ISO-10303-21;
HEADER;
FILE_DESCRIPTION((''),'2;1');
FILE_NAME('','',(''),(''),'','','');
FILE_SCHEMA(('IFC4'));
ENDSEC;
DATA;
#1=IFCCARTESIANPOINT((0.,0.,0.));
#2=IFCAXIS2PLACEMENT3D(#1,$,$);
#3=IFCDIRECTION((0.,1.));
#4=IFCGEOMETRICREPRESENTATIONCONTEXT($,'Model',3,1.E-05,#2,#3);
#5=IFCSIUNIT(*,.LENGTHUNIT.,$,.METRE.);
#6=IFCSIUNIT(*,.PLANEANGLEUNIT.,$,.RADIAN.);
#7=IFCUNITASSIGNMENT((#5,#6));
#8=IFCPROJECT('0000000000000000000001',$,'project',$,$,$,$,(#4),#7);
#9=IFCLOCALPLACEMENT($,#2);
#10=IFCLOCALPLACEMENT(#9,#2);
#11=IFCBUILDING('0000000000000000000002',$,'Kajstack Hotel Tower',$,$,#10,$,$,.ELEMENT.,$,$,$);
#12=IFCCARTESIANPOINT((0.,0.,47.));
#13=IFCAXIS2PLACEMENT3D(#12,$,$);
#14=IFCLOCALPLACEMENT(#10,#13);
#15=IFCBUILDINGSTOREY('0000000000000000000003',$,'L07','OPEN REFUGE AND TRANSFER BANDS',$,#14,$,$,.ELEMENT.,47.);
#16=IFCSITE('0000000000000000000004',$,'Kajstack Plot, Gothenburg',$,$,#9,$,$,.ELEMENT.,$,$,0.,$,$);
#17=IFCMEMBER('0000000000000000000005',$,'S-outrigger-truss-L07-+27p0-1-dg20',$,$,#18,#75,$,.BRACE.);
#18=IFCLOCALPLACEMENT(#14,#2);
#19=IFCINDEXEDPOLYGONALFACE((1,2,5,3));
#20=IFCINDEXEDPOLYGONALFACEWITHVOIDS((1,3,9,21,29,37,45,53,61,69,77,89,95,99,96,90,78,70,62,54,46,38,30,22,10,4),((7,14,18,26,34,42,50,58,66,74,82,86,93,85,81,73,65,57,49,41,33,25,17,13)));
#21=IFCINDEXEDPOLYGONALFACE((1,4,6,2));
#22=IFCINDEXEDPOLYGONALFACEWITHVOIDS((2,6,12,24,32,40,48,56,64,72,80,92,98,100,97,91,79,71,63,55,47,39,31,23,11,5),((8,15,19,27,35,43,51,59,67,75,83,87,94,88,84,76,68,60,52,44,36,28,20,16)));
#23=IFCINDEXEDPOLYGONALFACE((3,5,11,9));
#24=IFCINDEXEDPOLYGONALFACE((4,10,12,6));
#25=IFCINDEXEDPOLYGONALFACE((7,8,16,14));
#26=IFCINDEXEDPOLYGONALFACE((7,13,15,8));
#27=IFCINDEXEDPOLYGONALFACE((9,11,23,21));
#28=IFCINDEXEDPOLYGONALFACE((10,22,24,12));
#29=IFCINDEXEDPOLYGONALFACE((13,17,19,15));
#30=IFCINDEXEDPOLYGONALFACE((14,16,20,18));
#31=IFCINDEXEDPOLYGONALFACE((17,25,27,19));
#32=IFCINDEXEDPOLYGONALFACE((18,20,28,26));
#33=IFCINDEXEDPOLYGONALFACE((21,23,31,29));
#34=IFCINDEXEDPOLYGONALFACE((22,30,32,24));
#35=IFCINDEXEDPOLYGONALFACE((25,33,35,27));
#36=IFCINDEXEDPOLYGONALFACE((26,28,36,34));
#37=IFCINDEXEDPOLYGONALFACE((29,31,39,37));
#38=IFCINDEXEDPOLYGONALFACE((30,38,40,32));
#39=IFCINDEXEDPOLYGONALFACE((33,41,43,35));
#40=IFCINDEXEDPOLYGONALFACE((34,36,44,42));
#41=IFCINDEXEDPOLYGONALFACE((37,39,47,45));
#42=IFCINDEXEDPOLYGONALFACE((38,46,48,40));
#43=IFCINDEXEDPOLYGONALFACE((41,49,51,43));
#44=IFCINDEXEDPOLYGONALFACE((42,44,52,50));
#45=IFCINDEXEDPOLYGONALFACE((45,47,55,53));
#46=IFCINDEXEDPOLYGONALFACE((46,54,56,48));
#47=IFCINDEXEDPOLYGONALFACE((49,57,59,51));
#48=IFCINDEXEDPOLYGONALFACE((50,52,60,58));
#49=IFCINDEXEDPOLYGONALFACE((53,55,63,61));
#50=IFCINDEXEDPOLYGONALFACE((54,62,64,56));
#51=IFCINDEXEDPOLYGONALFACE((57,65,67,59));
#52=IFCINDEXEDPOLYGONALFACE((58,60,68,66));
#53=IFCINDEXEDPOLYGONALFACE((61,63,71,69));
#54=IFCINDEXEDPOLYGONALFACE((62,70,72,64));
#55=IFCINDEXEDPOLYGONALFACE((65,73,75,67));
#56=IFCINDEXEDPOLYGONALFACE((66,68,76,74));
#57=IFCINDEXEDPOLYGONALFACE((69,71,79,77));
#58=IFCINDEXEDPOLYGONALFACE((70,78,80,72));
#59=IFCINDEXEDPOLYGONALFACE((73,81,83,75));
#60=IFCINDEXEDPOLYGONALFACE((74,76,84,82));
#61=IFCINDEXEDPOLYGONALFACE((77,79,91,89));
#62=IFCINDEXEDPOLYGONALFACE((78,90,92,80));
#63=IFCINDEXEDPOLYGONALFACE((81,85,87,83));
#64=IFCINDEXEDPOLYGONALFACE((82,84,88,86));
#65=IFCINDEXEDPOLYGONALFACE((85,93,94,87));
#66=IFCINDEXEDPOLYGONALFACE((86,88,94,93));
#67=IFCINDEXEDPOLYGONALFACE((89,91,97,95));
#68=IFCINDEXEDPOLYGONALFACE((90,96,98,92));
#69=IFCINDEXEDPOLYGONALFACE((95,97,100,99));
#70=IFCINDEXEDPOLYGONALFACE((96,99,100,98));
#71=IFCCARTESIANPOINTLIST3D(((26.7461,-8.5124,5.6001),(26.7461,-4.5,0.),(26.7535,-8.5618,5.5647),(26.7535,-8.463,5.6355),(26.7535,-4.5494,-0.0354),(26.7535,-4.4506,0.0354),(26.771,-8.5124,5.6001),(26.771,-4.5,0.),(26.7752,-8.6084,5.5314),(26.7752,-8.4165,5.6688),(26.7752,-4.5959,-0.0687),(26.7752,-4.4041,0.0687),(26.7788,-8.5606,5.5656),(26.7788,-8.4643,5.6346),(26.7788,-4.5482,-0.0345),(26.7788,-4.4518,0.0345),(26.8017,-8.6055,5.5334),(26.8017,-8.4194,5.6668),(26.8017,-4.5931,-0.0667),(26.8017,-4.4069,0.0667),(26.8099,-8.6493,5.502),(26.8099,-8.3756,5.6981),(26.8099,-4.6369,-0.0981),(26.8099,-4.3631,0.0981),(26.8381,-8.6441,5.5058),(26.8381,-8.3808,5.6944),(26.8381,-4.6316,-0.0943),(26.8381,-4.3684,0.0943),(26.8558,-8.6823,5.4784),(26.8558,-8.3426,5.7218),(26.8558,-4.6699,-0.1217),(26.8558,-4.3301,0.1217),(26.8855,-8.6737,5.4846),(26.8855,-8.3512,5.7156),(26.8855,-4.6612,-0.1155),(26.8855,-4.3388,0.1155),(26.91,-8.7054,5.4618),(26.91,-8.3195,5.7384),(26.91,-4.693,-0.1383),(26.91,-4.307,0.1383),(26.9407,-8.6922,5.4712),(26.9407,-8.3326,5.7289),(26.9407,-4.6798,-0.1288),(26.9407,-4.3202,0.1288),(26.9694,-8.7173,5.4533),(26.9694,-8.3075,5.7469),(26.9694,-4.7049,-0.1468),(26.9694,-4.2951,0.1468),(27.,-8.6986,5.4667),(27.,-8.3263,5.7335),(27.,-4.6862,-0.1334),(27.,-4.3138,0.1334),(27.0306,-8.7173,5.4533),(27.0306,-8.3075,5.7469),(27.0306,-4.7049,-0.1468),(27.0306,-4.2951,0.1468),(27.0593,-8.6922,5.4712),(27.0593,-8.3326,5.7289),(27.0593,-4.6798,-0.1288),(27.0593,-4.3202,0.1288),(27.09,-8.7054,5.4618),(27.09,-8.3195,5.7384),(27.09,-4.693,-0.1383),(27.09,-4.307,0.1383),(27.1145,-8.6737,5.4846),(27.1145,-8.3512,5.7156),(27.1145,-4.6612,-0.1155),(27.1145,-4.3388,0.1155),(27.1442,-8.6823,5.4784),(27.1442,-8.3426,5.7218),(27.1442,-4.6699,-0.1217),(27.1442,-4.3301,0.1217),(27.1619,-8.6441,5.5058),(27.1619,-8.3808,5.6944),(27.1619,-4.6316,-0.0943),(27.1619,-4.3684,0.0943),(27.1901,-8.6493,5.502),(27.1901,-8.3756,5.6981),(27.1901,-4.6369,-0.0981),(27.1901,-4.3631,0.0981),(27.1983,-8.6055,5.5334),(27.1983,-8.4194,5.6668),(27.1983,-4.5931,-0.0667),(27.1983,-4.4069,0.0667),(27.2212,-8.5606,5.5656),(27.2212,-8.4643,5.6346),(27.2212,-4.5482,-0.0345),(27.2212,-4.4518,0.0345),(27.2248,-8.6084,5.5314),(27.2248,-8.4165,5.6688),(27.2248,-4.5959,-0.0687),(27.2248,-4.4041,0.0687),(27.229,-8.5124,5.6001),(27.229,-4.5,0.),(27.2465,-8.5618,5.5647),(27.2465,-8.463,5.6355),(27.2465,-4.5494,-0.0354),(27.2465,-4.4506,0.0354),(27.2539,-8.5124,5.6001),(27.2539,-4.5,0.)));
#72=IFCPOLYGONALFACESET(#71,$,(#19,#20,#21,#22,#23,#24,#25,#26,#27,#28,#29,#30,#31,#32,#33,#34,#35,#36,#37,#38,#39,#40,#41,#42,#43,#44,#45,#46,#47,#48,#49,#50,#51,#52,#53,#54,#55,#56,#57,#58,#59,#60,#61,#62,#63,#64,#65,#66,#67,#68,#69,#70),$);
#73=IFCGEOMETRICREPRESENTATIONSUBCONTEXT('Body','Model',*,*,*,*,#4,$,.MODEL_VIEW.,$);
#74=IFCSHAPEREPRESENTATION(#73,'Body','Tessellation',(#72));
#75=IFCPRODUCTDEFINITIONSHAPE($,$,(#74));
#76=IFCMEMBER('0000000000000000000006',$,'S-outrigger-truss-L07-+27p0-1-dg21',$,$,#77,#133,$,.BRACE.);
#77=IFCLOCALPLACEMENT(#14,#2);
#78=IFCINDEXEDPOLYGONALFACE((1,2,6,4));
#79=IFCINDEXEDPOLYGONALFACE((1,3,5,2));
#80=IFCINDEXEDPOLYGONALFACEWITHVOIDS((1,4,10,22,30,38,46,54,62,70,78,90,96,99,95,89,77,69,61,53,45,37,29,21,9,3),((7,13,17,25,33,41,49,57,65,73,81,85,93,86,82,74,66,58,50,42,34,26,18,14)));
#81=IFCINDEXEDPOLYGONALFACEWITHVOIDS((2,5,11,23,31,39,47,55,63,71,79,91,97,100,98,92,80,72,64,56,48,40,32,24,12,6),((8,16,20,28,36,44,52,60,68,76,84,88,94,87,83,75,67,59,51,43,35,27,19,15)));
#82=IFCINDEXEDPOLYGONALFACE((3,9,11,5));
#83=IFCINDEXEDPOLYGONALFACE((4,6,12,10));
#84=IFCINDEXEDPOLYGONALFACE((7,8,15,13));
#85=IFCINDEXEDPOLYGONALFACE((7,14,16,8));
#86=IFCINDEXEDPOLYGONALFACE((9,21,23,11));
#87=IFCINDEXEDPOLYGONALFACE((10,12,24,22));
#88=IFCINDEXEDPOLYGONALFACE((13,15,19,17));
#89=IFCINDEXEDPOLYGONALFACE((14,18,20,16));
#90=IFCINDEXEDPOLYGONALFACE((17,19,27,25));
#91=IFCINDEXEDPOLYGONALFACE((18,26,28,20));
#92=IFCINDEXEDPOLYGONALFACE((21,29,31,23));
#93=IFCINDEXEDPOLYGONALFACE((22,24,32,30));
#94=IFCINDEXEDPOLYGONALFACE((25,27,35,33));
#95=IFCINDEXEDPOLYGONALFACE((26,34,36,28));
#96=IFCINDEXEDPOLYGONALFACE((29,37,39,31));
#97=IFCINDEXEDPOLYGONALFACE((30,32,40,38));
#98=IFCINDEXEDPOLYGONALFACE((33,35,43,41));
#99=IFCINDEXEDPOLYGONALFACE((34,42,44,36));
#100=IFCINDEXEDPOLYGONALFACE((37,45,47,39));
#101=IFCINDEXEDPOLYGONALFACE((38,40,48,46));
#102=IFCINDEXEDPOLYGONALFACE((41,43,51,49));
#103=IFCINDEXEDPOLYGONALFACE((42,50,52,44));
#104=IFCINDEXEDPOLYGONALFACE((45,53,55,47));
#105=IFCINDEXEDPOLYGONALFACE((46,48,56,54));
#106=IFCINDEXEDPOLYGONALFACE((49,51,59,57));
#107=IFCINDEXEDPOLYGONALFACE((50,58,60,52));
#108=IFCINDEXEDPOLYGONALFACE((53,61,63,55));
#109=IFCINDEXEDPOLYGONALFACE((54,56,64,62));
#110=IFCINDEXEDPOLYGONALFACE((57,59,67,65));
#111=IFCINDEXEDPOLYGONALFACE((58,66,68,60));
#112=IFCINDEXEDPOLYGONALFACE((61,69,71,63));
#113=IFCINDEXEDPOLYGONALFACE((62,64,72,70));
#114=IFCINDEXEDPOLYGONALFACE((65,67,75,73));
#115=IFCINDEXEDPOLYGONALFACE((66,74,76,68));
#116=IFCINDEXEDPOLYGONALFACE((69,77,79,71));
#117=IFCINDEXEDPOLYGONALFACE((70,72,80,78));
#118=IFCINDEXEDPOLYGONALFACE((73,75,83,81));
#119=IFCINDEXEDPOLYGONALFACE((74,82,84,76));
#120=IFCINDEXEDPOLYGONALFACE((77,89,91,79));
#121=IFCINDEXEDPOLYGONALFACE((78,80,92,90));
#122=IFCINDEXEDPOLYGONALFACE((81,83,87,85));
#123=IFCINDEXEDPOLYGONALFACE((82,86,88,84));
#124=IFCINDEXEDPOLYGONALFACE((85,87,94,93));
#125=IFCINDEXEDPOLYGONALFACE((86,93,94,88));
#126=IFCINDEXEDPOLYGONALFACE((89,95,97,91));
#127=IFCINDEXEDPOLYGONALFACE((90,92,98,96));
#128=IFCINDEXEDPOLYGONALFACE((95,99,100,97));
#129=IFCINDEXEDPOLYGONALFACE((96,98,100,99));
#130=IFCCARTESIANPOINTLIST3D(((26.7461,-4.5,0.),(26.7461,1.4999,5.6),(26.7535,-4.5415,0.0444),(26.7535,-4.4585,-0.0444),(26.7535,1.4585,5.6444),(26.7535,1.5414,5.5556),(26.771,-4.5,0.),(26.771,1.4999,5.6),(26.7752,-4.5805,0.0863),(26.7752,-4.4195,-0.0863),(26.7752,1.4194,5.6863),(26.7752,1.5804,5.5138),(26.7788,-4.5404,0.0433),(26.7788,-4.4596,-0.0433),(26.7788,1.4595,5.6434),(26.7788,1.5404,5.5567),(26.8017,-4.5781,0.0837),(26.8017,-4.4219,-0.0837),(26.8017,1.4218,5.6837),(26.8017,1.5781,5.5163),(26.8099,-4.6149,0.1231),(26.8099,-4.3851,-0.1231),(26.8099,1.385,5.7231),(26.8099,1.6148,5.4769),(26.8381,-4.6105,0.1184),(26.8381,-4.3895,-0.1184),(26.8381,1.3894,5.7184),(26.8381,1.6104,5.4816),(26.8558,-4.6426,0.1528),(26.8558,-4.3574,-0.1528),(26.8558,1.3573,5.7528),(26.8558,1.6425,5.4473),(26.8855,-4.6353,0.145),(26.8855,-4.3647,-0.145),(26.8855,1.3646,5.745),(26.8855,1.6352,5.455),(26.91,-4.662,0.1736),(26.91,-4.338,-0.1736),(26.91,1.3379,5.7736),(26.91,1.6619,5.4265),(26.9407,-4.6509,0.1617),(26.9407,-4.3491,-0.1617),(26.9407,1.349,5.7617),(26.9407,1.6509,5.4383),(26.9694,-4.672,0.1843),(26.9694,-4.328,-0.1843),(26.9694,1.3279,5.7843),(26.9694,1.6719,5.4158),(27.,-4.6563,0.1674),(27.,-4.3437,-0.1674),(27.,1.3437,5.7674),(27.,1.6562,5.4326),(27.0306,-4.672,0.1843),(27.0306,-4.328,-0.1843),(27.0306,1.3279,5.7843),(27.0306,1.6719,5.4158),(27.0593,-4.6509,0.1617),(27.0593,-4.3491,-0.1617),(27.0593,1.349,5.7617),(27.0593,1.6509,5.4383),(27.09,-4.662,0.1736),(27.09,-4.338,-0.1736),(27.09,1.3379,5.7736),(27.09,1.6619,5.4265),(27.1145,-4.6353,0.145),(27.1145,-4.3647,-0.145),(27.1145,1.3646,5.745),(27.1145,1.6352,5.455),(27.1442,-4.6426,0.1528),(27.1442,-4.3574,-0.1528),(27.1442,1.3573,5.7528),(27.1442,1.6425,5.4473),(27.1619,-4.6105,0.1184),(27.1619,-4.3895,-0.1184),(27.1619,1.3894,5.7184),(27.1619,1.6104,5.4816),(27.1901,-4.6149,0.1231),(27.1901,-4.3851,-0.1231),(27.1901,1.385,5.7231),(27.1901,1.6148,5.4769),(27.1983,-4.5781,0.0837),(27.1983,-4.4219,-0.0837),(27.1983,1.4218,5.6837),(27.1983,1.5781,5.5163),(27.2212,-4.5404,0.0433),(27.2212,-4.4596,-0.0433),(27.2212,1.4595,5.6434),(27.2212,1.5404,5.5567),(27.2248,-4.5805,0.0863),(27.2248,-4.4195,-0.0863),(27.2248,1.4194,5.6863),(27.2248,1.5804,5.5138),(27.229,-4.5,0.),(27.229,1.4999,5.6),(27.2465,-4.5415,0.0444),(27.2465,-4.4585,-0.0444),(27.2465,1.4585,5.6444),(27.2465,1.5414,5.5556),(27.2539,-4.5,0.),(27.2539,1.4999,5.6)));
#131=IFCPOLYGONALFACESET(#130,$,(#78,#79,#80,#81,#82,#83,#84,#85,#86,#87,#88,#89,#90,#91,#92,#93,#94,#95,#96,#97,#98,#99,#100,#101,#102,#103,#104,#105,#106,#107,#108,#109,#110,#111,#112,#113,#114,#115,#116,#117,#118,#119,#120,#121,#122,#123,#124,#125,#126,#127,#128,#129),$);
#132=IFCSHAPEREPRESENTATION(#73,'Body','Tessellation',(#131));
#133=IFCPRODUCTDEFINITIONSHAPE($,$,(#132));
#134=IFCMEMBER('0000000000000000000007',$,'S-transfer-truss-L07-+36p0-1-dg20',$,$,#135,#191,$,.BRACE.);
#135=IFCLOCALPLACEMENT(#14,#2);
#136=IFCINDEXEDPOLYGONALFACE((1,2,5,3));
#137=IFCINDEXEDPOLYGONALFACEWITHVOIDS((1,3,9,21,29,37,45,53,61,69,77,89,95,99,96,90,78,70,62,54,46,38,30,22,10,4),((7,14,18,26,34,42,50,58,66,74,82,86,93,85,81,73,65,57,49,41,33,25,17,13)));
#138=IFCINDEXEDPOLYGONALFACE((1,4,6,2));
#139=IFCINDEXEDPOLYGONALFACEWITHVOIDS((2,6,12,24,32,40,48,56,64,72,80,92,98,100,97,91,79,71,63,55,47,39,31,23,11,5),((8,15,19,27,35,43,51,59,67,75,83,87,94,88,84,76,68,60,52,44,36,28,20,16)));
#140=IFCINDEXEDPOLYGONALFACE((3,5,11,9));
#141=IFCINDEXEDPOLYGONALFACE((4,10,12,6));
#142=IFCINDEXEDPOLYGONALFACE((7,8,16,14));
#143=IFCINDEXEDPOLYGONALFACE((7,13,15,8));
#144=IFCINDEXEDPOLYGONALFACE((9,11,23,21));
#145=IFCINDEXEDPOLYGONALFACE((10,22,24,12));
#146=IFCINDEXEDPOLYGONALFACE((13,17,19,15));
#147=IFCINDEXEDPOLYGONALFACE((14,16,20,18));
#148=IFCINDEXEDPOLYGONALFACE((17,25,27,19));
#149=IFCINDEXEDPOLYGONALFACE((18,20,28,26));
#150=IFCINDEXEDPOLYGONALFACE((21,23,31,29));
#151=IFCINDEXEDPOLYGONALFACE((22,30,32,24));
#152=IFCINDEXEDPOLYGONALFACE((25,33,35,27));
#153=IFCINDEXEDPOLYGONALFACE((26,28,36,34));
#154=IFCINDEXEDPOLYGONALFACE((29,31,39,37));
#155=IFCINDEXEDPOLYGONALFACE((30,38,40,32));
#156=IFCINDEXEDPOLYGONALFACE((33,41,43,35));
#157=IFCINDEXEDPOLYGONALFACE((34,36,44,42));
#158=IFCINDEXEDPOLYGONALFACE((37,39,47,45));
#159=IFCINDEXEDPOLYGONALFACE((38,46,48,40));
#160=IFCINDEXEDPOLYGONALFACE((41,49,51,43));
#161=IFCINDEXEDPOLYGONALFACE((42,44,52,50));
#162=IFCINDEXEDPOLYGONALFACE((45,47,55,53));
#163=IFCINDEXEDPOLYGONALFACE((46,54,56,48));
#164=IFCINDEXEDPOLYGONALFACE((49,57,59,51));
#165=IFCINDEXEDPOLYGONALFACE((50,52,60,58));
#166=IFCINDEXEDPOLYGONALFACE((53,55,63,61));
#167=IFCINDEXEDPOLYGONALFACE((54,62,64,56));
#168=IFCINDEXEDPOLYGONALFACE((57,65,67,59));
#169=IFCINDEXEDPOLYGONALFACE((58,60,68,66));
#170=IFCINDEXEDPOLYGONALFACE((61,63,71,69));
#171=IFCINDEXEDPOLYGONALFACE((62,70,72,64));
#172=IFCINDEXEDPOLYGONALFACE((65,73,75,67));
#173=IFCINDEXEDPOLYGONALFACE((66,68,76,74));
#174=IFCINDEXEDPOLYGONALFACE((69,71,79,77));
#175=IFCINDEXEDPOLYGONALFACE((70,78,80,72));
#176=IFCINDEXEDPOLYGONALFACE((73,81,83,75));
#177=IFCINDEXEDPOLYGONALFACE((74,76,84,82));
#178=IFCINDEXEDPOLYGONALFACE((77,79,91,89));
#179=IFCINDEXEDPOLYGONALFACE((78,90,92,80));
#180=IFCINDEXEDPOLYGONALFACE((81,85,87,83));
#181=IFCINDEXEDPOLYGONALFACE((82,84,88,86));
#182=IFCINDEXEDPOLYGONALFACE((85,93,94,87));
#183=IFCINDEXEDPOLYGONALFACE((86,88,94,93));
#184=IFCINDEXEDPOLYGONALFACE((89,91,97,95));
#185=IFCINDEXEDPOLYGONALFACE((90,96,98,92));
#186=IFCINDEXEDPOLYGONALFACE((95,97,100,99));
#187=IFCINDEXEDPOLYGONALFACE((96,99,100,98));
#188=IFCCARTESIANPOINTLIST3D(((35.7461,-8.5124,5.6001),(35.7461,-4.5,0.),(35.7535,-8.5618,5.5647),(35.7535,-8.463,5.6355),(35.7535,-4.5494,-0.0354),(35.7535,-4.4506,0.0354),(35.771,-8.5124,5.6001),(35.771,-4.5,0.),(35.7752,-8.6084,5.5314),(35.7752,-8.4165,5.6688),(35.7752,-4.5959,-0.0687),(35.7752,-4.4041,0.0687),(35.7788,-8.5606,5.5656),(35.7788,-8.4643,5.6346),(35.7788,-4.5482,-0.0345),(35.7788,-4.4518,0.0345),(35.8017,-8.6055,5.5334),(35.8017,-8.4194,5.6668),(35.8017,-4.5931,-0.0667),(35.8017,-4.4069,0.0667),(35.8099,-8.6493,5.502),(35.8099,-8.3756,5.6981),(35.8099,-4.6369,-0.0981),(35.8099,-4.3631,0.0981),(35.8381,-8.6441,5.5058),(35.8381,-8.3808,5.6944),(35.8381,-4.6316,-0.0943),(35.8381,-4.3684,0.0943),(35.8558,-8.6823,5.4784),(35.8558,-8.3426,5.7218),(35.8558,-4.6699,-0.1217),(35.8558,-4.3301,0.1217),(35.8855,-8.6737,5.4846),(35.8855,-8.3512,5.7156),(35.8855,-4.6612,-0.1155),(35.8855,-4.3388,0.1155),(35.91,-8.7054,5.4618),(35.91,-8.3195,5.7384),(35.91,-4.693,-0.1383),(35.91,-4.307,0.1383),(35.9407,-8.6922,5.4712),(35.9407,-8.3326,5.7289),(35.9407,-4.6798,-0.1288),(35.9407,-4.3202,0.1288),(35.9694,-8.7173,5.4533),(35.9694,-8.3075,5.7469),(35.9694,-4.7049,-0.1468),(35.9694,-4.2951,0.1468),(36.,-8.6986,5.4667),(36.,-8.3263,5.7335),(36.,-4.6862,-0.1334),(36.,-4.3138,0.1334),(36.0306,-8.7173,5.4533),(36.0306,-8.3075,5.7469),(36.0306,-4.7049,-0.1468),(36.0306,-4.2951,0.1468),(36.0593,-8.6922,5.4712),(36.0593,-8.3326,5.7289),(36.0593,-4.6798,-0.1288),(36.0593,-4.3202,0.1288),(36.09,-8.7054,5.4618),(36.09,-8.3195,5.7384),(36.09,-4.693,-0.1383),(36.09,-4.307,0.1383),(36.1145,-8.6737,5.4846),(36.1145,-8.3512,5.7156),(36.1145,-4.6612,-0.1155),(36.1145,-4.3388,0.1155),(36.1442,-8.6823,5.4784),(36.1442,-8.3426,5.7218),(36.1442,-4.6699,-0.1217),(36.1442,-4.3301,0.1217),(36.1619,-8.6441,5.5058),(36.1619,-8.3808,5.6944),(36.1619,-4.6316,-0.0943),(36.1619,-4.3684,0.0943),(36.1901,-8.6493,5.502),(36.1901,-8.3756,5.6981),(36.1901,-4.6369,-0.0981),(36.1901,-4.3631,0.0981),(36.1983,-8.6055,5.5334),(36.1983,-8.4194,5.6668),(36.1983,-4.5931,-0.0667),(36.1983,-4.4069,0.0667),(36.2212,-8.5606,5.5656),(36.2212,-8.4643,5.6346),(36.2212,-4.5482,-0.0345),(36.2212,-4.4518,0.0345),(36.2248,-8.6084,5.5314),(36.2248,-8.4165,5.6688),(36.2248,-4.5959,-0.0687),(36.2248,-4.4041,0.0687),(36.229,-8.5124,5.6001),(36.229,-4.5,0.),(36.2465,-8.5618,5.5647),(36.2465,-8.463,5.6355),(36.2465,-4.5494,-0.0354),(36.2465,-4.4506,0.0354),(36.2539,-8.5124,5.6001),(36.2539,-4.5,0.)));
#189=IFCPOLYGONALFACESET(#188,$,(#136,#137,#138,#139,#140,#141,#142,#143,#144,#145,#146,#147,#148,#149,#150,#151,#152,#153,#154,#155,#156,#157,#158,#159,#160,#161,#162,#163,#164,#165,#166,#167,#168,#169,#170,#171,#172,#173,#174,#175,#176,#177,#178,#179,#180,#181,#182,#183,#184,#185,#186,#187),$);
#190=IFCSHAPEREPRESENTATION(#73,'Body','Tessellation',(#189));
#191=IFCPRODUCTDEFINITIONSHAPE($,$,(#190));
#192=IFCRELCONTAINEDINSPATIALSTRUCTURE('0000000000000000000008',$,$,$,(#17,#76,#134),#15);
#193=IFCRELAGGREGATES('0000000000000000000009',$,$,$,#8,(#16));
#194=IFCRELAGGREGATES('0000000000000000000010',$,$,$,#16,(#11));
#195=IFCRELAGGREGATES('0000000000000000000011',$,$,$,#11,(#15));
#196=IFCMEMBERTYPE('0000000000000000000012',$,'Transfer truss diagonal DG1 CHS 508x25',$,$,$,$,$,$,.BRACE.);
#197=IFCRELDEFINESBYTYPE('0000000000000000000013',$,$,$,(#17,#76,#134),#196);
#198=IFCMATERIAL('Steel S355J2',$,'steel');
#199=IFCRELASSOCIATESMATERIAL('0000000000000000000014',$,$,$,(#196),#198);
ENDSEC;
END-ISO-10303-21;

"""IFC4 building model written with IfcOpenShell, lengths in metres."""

from ifc_helpers import new_model, si_unit, direction, frame, origin, origin_2d, place, context, subcontext, project, spatial, hollow_circle, extrude, material, material_profile, profile_set, type_object, element, save


model = new_model("IFC4")

# Units and contexts
model_context = context("Model", 3, precision=1e-05, world=origin(), true_north=direction((0.0, 1.0)))
body_context = subcontext(model_context, "Body", "Model", "MODEL_VIEW")
ifc_project = project(units=[si_unit("LENGTHUNIT", "METRE"), si_unit("PLANEANGLEUNIT", "RADIAN")], contexts=[model_context])

# Site, building, storey
site_placement = place(None, origin())
site = spatial("IfcSite", under=ifc_project, at=site_placement, Name="Kajstack Plot, Gothenburg", CompositionType="ELEMENT", RefElevation=0.0)
building_placement = place(site_placement, origin())
building = spatial("IfcBuilding", under=site, at=building_placement, Name="Kajstack Hotel Tower", CompositionType="ELEMENT")
storey_placement = place(building_placement, frame((0.0, 0.0, 47.0)))
storey = spatial("IfcBuildingStorey", under=building, at=storey_placement, Name="L07", Description="OPEN REFUGE AND TRANSFER BANDS", CompositionType="ELEMENT", Elevation=47.0)

# Members
ifc_material = material(Name="Steel S355J2", Category="steel")
ifc_material_profile_1 = material_profile(ifc_material, hollow_circle(Radius=0.2539, WallThickness=0.0249, at=origin_2d()), Name="CHS 508x25")
ifc_profile_set_1 = profile_set([ifc_material_profile_1], Name="Steel S355J2")
member_type_1 = type_object("IfcMemberType", Name="Transfer truss diagonal DG1 CHS 508x25", PredefinedType="BRACE", material=ifc_profile_set_1)
member_1_placement = place(storey_placement, frame((27.0, -4.5, 0.0), z_axis=(0.0, -0.582428, 0.812883), x_axis=(1.0, 0.0, 0.0)))
element("IfcMember", 1, at=member_1_placement, inside=storey, type_object=member_type_1, Name="S-outrigger-truss-L07-+27p0-1-dg20", PredefinedType="BRACE", context=body_context, shape_type="SweptSolid", body=[
    extrude(hollow_circle(Radius=0.2539, WallThickness=0.0249, at=origin_2d()), origin(), (0.0, 0.0, 1.0), 6.8892),
])
member_2_placement = place(storey_placement, frame((27.0, -4.5, 0.0), z_axis=(0.0, 0.731049, 0.682325), x_axis=(-1.0, 0.0, 0.0)))
element("IfcMember", 2, at=member_2_placement, inside=storey, type_object=member_type_1, Name="S-outrigger-truss-L07-+27p0-1-dg21", PredefinedType="BRACE", context=body_context, shape_type="SweptSolid", body=[
    extrude(hollow_circle(Radius=0.2539, WallThickness=0.0249, at=origin_2d()), origin(), (0.0, 0.0, 1.0), 8.2073),
])
member_3_placement = place(storey_placement, frame((36.0, -4.5, 0.0), z_axis=(0.0, -0.582428, 0.812883), x_axis=(1.0, 0.0, 0.0)))
element("IfcMember", 3, at=member_3_placement, inside=storey, type_object=member_type_1, Name="S-transfer-truss-L07-+36p0-1-dg20", PredefinedType="BRACE", context=body_context, shape_type="SweptSolid", body=[
    extrude(hollow_circle(Radius=0.2539, WallThickness=0.0249, at=origin_2d()), origin(), (0.0, 0.0, 1.0), 6.8892),
])

save(model, "model.ifc")
